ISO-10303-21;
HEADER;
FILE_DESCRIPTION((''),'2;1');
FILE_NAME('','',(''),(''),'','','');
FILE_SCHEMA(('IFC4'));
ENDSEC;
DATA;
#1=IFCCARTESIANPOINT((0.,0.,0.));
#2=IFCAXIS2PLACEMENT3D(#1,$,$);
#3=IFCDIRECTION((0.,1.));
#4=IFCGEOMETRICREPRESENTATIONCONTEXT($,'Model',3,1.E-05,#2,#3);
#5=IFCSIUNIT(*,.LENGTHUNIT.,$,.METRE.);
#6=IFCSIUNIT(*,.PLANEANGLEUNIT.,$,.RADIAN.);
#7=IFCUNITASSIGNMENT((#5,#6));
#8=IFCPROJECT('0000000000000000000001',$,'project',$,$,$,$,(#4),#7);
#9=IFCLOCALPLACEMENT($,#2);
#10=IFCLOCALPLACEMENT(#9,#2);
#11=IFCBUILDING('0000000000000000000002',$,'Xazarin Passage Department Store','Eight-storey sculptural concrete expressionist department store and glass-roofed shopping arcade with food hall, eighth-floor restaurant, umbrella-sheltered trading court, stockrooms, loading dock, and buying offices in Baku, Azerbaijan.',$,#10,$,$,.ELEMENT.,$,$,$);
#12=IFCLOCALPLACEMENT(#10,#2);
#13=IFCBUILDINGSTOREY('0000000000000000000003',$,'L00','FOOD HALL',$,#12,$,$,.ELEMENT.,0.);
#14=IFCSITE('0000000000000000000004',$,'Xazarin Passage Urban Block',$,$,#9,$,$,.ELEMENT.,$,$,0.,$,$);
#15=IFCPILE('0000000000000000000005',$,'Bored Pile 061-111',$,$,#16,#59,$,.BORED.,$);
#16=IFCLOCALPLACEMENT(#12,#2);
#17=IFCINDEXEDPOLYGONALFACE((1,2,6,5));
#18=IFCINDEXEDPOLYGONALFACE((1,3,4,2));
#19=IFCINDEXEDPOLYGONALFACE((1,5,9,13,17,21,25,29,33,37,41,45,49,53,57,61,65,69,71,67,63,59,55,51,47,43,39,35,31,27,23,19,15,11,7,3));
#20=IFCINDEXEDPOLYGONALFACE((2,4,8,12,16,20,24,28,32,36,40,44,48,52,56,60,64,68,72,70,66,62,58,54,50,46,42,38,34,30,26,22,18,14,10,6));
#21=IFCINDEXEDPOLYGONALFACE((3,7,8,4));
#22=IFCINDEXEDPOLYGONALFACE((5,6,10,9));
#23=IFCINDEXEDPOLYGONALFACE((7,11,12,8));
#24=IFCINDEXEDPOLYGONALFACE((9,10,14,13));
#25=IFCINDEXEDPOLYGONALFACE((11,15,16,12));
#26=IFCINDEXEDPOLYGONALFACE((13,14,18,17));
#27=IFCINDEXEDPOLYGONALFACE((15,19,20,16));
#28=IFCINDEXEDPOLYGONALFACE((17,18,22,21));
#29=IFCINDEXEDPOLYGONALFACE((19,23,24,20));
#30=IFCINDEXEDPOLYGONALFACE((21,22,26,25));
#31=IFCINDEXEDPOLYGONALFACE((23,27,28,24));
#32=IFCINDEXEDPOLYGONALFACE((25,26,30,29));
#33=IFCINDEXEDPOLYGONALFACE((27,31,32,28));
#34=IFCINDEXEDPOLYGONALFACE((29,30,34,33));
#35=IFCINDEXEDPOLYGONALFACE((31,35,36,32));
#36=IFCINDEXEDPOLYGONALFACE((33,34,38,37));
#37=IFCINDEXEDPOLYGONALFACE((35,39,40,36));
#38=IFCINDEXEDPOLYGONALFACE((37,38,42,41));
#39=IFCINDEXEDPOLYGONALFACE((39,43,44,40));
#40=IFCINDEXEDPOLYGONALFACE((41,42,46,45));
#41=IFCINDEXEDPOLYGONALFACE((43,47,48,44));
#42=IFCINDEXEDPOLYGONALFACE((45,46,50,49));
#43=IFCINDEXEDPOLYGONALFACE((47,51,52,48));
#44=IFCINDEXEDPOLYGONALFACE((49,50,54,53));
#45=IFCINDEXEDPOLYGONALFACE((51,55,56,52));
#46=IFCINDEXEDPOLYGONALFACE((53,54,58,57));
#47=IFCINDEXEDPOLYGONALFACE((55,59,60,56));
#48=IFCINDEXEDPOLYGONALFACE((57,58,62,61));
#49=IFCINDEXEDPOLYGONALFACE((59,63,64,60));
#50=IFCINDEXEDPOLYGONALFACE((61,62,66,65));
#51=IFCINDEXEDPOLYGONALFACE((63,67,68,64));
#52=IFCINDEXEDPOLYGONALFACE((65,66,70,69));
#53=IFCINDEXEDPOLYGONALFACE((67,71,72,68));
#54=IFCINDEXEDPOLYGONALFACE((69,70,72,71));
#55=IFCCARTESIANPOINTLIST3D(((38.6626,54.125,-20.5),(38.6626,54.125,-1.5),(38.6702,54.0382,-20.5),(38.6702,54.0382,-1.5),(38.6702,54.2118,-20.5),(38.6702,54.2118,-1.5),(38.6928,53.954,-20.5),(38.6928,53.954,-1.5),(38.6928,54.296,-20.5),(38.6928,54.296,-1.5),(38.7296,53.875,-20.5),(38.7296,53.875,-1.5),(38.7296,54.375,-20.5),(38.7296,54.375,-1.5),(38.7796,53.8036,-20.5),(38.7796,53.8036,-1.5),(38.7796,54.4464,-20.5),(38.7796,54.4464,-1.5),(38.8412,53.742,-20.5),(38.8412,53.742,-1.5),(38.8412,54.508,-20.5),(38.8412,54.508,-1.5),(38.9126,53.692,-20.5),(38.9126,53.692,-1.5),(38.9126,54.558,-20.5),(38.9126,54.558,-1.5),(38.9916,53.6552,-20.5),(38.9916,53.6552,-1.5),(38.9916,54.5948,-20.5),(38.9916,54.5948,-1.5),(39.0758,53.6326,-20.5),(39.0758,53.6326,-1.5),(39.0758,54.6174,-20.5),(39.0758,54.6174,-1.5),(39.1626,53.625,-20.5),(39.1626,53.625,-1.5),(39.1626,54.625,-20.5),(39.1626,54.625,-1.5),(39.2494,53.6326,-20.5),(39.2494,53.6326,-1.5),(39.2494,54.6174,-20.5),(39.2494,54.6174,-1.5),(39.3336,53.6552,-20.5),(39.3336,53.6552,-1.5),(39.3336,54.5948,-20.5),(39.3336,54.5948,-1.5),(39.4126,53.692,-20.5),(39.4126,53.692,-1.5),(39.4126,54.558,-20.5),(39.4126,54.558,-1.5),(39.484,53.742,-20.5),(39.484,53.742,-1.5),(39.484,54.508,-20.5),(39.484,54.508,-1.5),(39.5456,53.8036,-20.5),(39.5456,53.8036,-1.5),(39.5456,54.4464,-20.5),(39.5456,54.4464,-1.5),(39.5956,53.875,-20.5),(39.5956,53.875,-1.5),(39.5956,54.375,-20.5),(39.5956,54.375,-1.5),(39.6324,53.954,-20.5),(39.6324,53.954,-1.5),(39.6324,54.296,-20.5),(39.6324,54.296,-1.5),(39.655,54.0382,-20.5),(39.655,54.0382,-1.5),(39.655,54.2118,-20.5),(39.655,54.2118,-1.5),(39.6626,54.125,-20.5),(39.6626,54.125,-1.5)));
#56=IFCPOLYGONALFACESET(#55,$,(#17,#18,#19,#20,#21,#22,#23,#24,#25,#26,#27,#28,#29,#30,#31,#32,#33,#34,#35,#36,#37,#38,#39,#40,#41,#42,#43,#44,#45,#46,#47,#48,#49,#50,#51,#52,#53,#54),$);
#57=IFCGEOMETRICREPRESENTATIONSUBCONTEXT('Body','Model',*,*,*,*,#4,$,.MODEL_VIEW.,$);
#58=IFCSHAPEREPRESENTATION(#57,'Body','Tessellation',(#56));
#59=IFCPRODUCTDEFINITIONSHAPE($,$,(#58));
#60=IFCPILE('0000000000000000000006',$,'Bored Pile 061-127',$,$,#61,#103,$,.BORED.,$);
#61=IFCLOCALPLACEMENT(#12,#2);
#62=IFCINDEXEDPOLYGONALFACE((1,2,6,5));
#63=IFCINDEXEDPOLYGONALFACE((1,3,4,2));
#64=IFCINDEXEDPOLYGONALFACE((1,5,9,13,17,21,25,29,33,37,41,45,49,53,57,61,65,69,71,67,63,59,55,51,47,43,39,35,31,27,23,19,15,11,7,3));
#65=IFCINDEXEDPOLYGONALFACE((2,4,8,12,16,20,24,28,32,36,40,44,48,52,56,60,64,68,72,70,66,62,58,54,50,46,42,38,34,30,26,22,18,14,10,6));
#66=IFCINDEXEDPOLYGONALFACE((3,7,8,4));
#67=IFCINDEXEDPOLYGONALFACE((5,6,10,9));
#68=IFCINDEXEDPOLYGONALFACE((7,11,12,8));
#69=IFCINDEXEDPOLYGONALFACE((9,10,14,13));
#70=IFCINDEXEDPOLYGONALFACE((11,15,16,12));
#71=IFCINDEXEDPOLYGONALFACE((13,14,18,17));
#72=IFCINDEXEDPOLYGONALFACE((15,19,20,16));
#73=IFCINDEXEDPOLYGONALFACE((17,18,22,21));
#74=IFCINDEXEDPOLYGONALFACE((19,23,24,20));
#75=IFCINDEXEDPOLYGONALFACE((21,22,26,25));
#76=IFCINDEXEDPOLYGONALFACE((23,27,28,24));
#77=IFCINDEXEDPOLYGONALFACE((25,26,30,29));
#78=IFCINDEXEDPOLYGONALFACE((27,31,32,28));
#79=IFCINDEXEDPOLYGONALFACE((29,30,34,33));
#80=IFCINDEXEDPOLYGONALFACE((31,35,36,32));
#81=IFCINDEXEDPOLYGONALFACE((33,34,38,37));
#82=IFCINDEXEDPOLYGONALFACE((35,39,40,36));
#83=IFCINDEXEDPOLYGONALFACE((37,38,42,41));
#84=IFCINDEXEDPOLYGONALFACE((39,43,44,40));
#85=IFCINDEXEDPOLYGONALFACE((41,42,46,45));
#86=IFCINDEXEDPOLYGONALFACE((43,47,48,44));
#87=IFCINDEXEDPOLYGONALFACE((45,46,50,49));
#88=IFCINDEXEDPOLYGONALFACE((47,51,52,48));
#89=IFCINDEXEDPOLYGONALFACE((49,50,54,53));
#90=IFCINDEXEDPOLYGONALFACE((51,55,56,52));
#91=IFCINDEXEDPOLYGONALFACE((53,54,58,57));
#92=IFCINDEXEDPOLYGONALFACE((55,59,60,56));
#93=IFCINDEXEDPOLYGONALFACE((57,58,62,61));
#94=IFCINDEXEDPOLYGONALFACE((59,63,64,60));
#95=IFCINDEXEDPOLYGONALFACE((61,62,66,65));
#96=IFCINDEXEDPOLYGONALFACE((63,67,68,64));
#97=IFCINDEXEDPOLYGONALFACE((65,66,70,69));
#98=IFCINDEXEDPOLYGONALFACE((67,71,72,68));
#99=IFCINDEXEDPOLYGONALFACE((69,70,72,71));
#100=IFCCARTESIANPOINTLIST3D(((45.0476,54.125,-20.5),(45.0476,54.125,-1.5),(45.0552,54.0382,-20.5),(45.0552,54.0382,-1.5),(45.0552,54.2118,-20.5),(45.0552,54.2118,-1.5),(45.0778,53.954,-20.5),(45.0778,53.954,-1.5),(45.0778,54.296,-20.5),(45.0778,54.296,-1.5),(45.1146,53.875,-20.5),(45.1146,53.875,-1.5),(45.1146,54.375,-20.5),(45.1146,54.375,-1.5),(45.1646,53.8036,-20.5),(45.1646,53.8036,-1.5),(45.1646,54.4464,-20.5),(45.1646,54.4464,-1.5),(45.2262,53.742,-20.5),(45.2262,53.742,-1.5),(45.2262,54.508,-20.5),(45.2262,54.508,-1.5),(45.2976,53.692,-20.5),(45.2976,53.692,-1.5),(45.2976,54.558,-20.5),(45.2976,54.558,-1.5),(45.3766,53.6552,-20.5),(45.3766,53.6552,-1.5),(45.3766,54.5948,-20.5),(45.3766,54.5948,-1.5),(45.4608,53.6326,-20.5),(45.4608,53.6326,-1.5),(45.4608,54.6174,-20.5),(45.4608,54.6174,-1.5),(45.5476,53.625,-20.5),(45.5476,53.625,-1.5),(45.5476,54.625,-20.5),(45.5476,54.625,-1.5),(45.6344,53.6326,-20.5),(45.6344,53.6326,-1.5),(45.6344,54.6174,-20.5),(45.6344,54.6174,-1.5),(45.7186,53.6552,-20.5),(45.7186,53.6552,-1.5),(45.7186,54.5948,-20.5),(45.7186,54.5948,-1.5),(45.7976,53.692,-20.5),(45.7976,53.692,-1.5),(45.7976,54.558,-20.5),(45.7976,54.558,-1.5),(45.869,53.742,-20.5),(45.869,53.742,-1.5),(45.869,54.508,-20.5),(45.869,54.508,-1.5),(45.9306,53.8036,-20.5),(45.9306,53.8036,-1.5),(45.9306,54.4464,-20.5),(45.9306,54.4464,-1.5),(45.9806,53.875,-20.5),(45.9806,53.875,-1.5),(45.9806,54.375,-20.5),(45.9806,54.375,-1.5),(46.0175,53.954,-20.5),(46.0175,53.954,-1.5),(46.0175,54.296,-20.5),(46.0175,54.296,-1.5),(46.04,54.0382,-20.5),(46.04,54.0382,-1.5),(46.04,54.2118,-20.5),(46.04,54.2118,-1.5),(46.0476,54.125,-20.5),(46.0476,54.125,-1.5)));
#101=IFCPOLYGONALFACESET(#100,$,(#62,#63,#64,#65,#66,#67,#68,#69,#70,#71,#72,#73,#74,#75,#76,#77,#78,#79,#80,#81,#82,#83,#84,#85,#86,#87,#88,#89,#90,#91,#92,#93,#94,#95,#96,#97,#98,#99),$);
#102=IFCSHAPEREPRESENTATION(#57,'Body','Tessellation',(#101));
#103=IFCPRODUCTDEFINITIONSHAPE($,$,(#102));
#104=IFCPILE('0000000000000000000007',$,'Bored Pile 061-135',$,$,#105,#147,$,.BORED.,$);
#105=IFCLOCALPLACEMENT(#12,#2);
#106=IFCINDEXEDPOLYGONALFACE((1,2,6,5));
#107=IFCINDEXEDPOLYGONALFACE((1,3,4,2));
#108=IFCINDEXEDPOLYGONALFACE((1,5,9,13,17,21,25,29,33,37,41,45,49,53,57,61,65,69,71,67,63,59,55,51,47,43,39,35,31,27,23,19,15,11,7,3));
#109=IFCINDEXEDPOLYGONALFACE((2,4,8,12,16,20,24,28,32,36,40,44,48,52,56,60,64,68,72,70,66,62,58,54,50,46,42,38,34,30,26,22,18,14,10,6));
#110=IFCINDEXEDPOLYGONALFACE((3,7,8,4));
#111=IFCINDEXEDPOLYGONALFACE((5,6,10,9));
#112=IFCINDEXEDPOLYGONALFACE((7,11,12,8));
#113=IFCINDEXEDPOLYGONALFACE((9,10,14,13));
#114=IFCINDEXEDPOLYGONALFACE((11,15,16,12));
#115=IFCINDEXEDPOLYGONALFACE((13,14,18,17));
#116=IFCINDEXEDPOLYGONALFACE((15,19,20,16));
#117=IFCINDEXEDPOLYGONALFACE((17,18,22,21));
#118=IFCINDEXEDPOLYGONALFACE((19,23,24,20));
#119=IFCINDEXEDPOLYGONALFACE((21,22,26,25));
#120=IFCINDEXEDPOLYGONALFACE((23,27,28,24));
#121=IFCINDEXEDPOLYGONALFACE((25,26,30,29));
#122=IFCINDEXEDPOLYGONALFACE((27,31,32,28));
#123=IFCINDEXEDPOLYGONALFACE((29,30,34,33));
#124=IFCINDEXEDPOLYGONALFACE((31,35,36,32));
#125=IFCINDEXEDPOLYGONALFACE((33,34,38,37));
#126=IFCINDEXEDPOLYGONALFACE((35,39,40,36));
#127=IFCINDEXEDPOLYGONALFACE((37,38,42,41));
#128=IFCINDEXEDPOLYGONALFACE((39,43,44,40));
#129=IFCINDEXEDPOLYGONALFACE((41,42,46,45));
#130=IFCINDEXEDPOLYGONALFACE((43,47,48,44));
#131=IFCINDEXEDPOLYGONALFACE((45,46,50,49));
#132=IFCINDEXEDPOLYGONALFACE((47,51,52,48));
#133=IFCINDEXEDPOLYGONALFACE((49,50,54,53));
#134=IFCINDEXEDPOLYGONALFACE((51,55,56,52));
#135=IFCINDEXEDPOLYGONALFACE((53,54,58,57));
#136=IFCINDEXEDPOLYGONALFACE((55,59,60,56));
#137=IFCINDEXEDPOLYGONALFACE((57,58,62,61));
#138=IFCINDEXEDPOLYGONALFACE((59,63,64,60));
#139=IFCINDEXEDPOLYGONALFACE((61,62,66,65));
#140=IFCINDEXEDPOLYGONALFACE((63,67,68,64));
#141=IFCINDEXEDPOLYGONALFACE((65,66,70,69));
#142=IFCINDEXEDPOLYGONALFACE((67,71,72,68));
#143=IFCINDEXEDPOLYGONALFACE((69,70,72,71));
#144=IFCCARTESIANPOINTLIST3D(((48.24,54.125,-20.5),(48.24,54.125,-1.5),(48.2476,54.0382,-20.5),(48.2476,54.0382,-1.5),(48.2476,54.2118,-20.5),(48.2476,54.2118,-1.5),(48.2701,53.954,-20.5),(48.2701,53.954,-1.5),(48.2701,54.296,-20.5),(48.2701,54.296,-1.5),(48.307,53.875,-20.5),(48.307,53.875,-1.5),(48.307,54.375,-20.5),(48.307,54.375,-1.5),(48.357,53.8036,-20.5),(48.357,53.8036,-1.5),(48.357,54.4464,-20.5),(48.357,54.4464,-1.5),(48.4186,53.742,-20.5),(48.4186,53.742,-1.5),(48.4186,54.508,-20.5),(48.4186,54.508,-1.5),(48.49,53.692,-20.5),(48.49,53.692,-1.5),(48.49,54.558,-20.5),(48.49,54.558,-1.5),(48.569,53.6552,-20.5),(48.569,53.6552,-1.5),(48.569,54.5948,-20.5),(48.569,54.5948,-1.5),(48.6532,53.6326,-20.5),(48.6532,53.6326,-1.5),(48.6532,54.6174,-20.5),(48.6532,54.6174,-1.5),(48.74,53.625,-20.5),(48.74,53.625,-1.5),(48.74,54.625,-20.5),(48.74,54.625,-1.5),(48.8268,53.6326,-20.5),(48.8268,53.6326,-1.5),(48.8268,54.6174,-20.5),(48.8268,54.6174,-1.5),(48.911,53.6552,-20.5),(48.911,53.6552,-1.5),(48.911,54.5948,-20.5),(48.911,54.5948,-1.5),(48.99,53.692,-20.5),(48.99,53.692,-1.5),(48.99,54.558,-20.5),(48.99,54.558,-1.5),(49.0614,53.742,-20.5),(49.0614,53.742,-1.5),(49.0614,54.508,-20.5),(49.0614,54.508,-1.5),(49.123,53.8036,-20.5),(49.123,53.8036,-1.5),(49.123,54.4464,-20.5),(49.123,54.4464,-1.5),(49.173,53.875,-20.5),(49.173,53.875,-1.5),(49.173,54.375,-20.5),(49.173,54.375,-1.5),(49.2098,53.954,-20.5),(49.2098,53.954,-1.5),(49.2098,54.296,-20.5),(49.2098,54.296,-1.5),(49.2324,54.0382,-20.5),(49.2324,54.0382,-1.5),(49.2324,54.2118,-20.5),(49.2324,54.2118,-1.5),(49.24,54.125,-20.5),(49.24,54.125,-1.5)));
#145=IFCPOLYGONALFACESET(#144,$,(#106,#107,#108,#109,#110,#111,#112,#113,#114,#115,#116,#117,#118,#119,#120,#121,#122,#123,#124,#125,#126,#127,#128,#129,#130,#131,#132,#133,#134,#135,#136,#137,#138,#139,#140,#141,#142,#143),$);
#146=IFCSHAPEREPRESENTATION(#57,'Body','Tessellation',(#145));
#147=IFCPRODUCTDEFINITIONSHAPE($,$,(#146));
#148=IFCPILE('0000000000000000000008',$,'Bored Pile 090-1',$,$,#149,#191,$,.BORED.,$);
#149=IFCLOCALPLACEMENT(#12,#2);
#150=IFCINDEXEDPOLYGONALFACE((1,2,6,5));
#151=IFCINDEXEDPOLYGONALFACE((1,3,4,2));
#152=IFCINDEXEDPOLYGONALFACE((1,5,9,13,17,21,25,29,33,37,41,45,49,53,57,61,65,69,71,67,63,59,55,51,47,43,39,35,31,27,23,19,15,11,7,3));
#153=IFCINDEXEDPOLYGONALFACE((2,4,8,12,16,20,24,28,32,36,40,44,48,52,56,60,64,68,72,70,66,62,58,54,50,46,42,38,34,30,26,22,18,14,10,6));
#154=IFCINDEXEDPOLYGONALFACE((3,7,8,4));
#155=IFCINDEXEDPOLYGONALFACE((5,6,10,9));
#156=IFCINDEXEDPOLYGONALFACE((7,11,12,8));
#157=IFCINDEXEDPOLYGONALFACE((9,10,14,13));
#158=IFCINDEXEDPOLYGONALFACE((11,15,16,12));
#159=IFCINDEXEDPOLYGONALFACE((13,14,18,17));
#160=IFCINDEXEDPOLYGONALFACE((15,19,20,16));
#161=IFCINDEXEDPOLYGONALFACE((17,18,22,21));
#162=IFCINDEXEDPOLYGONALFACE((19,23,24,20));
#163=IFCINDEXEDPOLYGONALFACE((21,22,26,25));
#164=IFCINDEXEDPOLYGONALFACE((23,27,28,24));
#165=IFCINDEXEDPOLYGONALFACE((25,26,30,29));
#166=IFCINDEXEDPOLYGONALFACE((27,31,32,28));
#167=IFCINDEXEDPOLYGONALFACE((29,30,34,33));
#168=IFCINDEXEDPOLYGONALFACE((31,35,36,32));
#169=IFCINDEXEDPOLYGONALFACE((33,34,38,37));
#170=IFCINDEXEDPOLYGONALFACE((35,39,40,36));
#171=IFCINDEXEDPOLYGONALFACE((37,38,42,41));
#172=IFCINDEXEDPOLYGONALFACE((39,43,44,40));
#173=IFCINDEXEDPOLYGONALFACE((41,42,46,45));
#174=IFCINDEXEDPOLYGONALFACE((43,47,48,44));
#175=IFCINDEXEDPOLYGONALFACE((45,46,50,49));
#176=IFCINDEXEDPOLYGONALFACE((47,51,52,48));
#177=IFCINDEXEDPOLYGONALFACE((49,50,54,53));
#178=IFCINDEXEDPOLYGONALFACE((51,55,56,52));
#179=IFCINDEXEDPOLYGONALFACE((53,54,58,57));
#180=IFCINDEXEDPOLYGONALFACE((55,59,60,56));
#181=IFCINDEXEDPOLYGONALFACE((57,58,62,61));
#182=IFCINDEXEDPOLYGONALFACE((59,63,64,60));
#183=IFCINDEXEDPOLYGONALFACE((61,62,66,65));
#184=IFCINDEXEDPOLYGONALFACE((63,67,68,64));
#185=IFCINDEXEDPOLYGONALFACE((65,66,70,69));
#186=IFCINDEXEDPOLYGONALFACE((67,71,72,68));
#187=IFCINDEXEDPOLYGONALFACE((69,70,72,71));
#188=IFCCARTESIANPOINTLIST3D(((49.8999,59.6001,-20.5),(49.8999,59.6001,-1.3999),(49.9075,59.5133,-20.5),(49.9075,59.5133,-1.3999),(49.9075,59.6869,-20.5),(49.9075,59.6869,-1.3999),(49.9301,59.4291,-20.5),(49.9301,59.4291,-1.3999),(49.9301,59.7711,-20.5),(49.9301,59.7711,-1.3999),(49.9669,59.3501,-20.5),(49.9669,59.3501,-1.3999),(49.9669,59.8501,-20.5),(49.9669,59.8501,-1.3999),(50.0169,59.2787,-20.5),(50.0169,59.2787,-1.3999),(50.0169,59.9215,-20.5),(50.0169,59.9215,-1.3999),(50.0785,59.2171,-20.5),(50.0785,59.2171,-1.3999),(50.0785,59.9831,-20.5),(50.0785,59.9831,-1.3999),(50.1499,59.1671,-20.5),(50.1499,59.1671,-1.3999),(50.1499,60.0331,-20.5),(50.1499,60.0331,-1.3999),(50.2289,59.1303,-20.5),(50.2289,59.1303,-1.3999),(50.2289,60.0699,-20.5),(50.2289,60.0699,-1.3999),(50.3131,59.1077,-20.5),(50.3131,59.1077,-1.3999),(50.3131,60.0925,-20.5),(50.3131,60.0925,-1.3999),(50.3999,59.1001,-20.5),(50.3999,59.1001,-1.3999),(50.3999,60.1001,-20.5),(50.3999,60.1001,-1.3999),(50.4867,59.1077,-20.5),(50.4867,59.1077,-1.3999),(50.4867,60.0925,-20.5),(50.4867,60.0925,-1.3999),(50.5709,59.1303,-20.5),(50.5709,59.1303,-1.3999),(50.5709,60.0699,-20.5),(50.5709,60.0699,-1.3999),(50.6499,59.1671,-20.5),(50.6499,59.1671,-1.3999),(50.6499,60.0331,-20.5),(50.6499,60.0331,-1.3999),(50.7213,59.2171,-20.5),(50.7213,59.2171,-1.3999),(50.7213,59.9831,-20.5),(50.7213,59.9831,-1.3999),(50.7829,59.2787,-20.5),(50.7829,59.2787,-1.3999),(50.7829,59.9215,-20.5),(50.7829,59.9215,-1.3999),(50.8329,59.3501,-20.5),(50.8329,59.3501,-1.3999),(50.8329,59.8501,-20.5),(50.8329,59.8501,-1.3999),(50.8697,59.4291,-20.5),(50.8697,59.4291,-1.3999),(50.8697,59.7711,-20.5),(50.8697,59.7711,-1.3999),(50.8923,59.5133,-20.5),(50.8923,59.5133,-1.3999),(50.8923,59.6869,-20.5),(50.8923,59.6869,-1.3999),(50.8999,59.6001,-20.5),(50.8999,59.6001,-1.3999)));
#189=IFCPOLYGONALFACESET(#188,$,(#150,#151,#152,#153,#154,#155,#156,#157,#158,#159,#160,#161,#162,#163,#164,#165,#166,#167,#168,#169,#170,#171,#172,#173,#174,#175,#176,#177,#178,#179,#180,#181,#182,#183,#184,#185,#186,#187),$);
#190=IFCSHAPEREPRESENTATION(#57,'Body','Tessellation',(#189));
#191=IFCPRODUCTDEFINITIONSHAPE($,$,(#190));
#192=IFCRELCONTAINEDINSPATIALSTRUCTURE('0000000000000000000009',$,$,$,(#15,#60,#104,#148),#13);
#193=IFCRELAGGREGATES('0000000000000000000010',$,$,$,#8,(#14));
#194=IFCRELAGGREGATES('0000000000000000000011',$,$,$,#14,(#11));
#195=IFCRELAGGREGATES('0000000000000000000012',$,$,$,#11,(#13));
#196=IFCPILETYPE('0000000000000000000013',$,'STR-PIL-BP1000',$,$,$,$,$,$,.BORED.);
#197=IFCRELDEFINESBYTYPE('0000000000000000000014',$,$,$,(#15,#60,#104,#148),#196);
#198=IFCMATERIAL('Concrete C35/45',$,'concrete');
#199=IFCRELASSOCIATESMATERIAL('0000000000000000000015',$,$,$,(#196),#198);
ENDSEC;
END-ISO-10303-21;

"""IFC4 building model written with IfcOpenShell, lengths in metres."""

from ifc_helpers import new_model, si_unit, direction, frame, origin, origin_2d, place, context, subcontext, project, spatial, circle, extrude, material, material_profile, profile_set, type_object, element, save


model = new_model("IFC4")

# Units and contexts
model_context = context("Model", 3, precision=1e-05, world=origin(), true_north=direction((0.0, 1.0)))
body_context = subcontext(model_context, "Body", "Model", "MODEL_VIEW")
ifc_project = project(units=[si_unit("LENGTHUNIT", "METRE"), si_unit("PLANEANGLEUNIT", "RADIAN")], contexts=[model_context])

# Site, building, storey
site_placement = place(None, origin())
site = spatial("IfcSite", under=ifc_project, at=site_placement, Name="Xazarin Passage Urban Block", CompositionType="ELEMENT", RefElevation=0.0)
building_placement = place(site_placement, origin())
building = spatial("IfcBuilding", under=site, at=building_placement, Name="Xazarin Passage Department Store", Description="Eight-storey sculptural concrete expressionist department store and glass-roofed shopping arcade with food hall, eighth-floor restaurant, umbrella-sheltered trading court, stockrooms, loading dock, and buying offices in Baku, Azerbaijan.", CompositionType="ELEMENT")
storey_placement = place(building_placement, origin())
storey = spatial("IfcBuildingStorey", under=building, at=storey_placement, Name="L00", Description="FOOD HALL", CompositionType="ELEMENT", Elevation=0.0)

# Shared definitions
ifc_material_1 = material(Name="Concrete C35/45", Category="concrete")

# Piles
ifc_material_profile_1 = material_profile(ifc_material_1, circle(Radius=0.5, at=origin_2d()), Name="BP 1000")
ifc_profile_set_1 = profile_set([ifc_material_profile_1], Name="Concrete C35/45")
pile_type_1 = type_object("IfcPileType", Name="STR-PIL-BP1000", PredefinedType="BORED", material=ifc_profile_set_1)
for number, where, z_axis, x_axis, name in (
    (1, (39.1626, 54.125, -1.5), (0.0, 0.0, -1.0), (1.0, 0.0, 0.0), "Bored Pile 061-111"),
    (2, (45.5476, 54.125, -1.5), (0.0, 0.0, -1.0), (1.0, 0.0, 0.0), "Bored Pile 061-127"),
    (3, (48.74, 54.125, -1.5), (0.0, 0.0, -1.0), (1.0, 0.0, 0.0), "Bored Pile 061-135"),
):
    element("IfcPile", number, at=place(storey_placement, frame(where, z_axis=z_axis, x_axis=x_axis)), inside=storey, type_object=pile_type_1, Name=name, PredefinedType="BORED", context=body_context, shape_type="SweptSolid", body=[
        extrude(circle(Radius=0.5, at=origin_2d()), origin(), (0.0, 0.0, 1.0), 19.0),
    ])
for number, where, z_axis, x_axis, name in (
    (4, (50.3999, 59.6001, -1.3999), (0.0, 0.0, -1.0), (1.0, 0.0, 0.0), "Bored Pile 090-1"),
):
    element("IfcPile", number, at=place(storey_placement, frame(where, z_axis=z_axis, x_axis=x_axis)), inside=storey, type_object=pile_type_1, Name=name, PredefinedType="BORED", context=body_context, shape_type="SweptSolid", body=[
        extrude(circle(Radius=0.5, at=origin_2d()), origin(), (0.0, 0.0, 1.0), 19.1001),
    ])

save(model, "model.ifc")
